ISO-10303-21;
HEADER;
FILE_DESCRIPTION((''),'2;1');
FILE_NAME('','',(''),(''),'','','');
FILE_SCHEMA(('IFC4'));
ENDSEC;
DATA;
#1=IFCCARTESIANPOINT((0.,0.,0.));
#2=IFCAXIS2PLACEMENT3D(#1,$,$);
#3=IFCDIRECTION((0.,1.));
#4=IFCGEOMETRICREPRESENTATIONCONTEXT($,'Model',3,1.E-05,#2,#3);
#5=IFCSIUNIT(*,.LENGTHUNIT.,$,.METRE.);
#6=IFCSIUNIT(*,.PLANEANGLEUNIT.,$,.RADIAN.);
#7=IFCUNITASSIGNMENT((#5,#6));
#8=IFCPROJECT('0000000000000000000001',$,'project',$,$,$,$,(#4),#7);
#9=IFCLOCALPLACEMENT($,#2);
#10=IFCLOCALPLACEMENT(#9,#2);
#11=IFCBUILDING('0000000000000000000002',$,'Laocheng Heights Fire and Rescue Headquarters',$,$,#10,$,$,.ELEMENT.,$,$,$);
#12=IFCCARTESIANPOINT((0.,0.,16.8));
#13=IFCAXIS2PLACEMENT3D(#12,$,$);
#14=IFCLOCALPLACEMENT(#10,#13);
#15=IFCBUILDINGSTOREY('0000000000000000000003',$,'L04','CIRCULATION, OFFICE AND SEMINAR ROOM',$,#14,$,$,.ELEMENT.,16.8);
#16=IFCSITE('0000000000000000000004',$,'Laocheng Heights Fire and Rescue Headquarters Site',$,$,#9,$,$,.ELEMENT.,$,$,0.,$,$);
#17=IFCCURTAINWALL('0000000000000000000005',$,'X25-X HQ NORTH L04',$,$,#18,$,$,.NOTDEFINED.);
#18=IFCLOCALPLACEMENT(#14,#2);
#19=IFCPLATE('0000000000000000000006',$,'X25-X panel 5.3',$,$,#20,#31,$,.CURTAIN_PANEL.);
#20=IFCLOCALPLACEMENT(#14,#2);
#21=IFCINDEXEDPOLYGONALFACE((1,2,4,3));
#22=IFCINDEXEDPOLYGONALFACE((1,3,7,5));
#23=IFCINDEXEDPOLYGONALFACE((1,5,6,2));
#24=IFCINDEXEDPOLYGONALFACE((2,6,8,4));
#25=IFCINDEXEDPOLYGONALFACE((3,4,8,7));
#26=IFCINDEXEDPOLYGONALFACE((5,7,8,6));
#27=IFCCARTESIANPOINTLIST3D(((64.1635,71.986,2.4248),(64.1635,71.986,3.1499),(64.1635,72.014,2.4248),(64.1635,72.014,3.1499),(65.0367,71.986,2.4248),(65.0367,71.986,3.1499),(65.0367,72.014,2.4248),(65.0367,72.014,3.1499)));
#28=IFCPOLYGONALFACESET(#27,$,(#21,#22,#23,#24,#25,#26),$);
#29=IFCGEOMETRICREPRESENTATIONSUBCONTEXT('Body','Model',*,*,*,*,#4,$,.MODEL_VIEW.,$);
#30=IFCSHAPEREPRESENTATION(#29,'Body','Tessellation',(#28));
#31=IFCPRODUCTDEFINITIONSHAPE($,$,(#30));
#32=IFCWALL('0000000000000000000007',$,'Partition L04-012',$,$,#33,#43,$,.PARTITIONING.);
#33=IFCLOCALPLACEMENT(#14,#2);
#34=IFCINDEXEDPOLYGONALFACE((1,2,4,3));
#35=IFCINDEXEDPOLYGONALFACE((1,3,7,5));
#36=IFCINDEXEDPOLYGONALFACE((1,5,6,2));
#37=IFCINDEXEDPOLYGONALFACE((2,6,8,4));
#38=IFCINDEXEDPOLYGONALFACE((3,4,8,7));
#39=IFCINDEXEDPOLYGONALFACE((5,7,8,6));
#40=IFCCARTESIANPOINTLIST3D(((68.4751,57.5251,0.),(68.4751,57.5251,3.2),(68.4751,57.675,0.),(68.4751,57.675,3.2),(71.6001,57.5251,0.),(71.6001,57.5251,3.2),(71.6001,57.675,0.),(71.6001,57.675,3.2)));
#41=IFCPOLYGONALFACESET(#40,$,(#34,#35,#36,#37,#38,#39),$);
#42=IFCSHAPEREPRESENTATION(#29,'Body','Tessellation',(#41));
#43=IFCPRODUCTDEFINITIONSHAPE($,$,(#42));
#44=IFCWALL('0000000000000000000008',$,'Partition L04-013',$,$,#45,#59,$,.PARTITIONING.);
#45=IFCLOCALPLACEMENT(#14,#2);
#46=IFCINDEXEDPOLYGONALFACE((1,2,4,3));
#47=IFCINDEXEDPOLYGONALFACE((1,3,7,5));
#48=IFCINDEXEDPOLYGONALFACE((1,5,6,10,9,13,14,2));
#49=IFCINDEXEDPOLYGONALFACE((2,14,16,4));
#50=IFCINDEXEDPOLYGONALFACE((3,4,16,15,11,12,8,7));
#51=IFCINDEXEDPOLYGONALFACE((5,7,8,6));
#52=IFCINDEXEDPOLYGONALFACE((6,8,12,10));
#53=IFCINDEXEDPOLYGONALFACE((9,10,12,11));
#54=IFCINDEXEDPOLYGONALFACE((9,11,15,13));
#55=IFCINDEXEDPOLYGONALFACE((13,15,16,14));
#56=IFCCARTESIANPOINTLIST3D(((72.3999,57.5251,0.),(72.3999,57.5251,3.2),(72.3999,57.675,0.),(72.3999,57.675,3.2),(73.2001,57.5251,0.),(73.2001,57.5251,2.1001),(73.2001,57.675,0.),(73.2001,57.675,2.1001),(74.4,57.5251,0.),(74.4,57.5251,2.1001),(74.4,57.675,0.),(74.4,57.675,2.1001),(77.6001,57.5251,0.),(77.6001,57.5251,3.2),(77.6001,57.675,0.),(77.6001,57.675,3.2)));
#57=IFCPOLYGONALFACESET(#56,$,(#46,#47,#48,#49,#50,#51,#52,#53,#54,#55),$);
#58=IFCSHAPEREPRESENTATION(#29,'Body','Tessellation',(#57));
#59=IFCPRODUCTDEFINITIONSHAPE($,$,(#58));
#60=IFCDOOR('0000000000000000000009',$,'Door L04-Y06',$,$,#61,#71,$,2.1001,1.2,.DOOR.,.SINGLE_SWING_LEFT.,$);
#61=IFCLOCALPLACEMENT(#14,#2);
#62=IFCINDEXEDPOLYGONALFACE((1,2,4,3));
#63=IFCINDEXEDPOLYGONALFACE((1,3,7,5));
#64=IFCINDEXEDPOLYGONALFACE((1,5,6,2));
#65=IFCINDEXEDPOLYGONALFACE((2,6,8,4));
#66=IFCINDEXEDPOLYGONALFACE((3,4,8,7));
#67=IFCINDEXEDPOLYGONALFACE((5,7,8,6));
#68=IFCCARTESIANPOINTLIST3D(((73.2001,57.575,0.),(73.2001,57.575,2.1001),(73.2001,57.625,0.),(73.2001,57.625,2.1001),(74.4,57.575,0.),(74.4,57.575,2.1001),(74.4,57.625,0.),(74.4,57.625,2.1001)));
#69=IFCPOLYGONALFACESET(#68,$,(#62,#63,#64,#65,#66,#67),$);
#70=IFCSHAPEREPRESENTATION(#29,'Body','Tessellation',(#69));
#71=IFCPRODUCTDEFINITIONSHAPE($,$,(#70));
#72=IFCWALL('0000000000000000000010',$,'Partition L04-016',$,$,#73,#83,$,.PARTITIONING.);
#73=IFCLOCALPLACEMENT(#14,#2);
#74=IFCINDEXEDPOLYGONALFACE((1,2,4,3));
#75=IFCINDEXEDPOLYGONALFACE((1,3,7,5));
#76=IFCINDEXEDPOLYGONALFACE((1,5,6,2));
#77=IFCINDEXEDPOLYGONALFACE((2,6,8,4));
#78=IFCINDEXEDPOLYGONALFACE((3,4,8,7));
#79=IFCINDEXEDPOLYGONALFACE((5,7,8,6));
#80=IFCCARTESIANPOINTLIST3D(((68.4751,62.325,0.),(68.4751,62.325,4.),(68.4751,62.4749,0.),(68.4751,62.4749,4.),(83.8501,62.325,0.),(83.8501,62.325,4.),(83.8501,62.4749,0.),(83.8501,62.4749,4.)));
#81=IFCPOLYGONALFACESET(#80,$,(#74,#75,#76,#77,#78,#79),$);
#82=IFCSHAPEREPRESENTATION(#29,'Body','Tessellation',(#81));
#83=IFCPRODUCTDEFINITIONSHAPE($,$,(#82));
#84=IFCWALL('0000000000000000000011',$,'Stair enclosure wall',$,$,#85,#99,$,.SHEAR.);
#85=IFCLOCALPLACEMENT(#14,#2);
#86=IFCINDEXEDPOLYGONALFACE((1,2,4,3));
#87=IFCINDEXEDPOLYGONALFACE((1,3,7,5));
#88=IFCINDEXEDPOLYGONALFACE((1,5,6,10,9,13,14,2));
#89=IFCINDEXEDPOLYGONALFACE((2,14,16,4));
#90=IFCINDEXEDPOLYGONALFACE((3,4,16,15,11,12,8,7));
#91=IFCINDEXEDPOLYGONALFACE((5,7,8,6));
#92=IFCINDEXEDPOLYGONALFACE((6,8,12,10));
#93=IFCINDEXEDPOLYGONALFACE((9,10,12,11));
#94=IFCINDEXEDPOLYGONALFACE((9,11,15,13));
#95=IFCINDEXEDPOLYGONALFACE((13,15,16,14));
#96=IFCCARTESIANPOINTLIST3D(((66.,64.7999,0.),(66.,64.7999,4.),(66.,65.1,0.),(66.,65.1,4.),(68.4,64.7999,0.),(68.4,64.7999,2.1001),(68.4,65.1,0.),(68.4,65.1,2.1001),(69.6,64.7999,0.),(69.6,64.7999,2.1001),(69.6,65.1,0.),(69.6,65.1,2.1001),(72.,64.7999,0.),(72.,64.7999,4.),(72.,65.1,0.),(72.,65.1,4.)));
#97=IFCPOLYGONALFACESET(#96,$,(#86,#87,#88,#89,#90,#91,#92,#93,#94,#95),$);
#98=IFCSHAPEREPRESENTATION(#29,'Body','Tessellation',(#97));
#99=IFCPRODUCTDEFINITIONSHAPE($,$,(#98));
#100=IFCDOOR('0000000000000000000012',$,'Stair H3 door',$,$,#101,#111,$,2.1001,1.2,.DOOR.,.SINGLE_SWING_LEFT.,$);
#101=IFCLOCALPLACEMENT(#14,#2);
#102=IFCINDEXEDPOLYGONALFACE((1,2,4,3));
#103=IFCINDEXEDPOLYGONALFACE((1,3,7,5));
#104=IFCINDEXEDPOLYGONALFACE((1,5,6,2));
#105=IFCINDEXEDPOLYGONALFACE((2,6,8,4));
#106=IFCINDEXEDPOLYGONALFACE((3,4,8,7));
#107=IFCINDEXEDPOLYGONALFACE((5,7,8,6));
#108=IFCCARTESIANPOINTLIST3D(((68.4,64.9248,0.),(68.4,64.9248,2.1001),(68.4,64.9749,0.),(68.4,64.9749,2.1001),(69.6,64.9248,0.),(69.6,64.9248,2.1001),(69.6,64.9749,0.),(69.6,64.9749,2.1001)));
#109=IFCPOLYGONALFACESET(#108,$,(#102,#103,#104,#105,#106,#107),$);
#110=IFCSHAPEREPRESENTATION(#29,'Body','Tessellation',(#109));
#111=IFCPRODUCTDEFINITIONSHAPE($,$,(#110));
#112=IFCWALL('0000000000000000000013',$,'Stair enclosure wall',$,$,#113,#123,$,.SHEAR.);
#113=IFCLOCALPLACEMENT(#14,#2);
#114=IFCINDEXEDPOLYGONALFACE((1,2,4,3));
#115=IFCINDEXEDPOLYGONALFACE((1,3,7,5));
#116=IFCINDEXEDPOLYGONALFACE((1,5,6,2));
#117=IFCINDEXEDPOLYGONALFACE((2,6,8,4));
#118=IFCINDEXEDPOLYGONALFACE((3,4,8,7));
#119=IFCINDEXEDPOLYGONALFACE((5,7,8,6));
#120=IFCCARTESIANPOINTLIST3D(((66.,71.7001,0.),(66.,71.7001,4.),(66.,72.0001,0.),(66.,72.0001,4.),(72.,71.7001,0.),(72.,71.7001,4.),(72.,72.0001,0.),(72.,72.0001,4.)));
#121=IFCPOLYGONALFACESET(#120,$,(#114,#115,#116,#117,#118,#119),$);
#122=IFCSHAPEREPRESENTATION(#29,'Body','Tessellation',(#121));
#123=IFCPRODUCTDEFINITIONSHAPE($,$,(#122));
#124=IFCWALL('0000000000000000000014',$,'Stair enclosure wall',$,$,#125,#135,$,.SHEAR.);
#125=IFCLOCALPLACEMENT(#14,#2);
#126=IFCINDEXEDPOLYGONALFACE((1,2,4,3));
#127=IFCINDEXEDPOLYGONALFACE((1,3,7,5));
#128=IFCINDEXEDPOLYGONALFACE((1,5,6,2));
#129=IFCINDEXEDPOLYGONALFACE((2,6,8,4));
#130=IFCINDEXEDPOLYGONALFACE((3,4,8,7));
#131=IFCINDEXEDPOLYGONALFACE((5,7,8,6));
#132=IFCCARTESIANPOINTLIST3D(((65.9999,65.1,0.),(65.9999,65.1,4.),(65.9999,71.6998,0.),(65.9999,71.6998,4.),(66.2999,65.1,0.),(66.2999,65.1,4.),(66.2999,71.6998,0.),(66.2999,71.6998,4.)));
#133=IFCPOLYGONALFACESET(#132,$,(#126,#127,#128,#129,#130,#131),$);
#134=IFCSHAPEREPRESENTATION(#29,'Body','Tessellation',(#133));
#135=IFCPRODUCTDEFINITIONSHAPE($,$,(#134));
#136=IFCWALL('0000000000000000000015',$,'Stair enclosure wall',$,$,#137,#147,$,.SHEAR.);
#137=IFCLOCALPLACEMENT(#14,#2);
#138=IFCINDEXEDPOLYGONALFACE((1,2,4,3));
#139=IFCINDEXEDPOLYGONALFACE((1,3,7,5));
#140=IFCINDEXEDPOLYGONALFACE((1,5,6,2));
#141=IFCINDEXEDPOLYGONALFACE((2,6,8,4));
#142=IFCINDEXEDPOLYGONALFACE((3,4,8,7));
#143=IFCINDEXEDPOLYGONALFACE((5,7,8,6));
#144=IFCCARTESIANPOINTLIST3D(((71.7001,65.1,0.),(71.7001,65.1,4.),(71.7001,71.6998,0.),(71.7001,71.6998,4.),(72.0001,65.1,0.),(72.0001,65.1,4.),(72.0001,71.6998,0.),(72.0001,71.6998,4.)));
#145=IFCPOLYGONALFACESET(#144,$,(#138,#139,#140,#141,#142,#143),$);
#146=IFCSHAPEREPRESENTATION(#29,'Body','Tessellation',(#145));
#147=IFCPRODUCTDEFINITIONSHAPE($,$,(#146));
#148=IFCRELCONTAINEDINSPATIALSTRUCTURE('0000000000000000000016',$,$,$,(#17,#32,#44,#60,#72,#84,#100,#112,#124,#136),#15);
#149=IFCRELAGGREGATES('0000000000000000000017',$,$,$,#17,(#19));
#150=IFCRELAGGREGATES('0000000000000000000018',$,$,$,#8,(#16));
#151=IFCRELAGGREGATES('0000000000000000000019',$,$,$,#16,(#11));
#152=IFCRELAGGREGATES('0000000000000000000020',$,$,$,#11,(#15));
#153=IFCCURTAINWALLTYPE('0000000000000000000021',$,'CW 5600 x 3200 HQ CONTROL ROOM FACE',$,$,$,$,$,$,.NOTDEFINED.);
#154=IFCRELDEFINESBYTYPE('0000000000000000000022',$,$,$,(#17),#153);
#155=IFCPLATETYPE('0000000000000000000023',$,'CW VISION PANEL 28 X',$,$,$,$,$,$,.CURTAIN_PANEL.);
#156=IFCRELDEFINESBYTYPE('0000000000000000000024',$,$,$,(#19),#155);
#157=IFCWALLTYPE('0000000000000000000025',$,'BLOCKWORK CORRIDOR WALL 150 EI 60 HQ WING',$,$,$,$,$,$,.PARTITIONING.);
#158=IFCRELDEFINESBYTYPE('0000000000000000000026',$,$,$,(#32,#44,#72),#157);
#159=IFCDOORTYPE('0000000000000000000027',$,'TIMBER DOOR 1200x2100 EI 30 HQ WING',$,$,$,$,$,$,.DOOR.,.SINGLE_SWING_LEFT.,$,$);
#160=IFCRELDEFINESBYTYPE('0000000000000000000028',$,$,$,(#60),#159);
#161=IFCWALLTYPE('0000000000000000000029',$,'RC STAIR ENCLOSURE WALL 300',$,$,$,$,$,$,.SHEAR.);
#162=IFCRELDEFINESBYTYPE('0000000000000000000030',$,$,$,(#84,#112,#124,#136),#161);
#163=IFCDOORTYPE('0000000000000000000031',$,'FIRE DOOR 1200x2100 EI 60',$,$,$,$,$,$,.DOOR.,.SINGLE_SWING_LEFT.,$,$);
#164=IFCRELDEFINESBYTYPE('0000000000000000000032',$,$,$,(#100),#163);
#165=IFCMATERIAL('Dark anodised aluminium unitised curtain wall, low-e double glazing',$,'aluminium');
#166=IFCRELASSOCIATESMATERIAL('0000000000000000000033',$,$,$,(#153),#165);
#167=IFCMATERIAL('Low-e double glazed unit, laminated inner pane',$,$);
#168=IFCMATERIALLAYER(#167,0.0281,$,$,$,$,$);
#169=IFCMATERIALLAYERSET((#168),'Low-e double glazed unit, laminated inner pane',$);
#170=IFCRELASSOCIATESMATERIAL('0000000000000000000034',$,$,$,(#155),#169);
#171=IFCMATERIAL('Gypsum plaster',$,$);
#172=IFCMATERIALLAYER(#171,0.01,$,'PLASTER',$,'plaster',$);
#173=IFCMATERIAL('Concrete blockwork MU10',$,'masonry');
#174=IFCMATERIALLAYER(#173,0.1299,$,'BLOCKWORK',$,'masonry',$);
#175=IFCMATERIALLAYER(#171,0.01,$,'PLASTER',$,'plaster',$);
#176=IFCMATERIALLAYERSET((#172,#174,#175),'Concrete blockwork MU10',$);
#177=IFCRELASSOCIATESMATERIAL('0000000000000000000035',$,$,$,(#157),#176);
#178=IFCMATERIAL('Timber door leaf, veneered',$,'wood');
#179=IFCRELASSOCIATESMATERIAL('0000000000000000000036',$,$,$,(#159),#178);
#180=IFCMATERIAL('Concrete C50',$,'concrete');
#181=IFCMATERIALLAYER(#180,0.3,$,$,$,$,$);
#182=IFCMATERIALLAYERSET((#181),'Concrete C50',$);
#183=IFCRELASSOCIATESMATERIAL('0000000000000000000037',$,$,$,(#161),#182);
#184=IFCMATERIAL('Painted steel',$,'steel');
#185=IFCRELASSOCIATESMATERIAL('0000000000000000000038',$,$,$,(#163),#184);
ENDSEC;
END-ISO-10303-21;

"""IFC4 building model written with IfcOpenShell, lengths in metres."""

from ifc_helpers import new_model, si_unit, direction, frame, frame_2d, origin, origin_2d, place, context, subcontext, project, spatial, rectangle, extrude, material, layer, layer_set, type_object, element, fill, aggregate, save


model = new_model("IFC4")

# Units and contexts
model_context = context("Model", 3, precision=1e-05, world=origin(), true_north=direction((0.0, 1.0)))
body_context = subcontext(model_context, "Body", "Model", "MODEL_VIEW")
ifc_project = project(units=[si_unit("LENGTHUNIT", "METRE"), si_unit("PLANEANGLEUNIT", "RADIAN")], contexts=[model_context])

# Site, building, storey
site_placement = place(None, origin())
site = spatial("IfcSite", under=ifc_project, at=site_placement, Name="Laocheng Heights Fire and Rescue Headquarters Site", CompositionType="ELEMENT", RefElevation=0.0)
building_placement = place(site_placement, origin())
building = spatial("IfcBuilding", under=site, at=building_placement, Name="Laocheng Heights Fire and Rescue Headquarters", CompositionType="ELEMENT")
storey_placement = place(building_placement, frame((0.0, 0.0, 16.8)))
storey = spatial("IfcBuildingStorey", under=building, at=storey_placement, Name="L04", Description="CIRCULATION, OFFICE AND SEMINAR ROOM", CompositionType="ELEMENT", Elevation=16.8)

# Curtain wall
ifc_material_1 = material(Name="Dark anodised aluminium unitised curtain wall, low-e double glazing", Category="aluminium")
curtain_wall_type = type_object("IfcCurtainWallType", Name="CW 5600 x 3200 HQ CONTROL ROOM FACE", PredefinedType="NOTDEFINED", material=ifc_material_1)
curtain_wall_placement = place(storey_placement, origin())
curtain_wall = element("IfcCurtainWall", 1, at=curtain_wall_placement, inside=storey, type_object=curtain_wall_type, Name="X25-X HQ NORTH L04", PredefinedType="NOTDEFINED")

# Plate
ifc_material_2 = material(Name="Low-e double glazed unit, laminated inner pane")
ifc_layer_1 = layer(ifc_material_2, 0.0281)
ifc_layer_set_1 = layer_set([ifc_layer_1], Name="Low-e double glazed unit, laminated inner pane")
plate_type_1 = type_object("IfcPlateType", Name="CW VISION PANEL 28 X", PredefinedType="CURTAIN_PANEL", material=ifc_layer_set_1)
plate_1_placement = place(storey_placement, frame((64.6001, 72.0, 2.4248), z_axis=(0.0, 0.0, 1.0), x_axis=(1.0, 0.0, 0.0)))
plate_1 = element("IfcPlate", 2, at=plate_1_placement, type_object=plate_type_1, Name="X25-X panel 5.3", PredefinedType="CURTAIN_PANEL", context=body_context, shape_type="SweptSolid", body=[
    extrude(rectangle(XDim=0.8733, YDim=0.0281, at=origin_2d()), origin(), (0.0, 0.0, 1.0), 0.7251),
])
aggregate(curtain_wall, [plate_1])

# Wall
ifc_material_3 = material(Name="Gypsum plaster")
ifc_layer_2 = layer(ifc_material_3, 0.01, Name="PLASTER", Category="plaster")
ifc_material_4 = material(Name="Concrete blockwork MU10", Category="masonry")
ifc_layer_3 = layer(ifc_material_4, 0.1299, Name="BLOCKWORK", Category="masonry")
ifc_layer_4 = layer(ifc_material_3, 0.01, Name="PLASTER", Category="plaster")
ifc_layer_set_2 = layer_set([ifc_layer_2, ifc_layer_3, ifc_layer_4], Name="Concrete blockwork MU10")
wall_type_1 = type_object("IfcWallType", Name="BLOCKWORK CORRIDOR WALL 150 EI 60 HQ WING", PredefinedType="PARTITIONING", material=ifc_layer_set_2)
wall_1_placement = place(storey_placement, frame((68.4751, 57.6001, 0.0), z_axis=(0.0, 0.0, 1.0), x_axis=(1.0, 0.0, 0.0)))
element("IfcWall", 3, at=wall_1_placement, inside=storey, type_object=wall_type_1, Name="Partition L04-012", PredefinedType="PARTITIONING", context=body_context, shape_type="SweptSolid", body=[
    extrude(rectangle(XDim=3.125, YDim=0.1499, at=frame_2d((1.5625, 0.0))), origin(), (0.0, 0.0, 1.0), 3.2),
])

# Wall, opening, door
wall_2_placement = place(storey_placement, frame((72.3999, 57.6001, 0.0), z_axis=(0.0, 0.0, 1.0), x_axis=(1.0, 0.0, 0.0)))
wall_2 = element("IfcWall", 4, at=wall_2_placement, inside=storey, type_object=wall_type_1, Name="Partition L04-013", PredefinedType="PARTITIONING", context=body_context, shape_type="SweptSolid", body=[
    extrude(rectangle(XDim=5.2002, YDim=0.1499, at=frame_2d((2.6001, 0.0))), origin(), (0.0, 0.0, 1.0), 3.2),
])
opening_1_placement = place(wall_2_placement, frame((0.8, 0.0, 0.0)))
opening_1 = element("IfcOpeningElement", 5, at=opening_1_placement, cuts=wall_2, PredefinedType="OPENING", context=body_context, shape_type="SweptSolid", body=[
    extrude(rectangle(XDim=1.2, YDim=2.1001, at=frame_2d((0.6001, 1.05))), frame((0.0, 0.085, 0.0), z_axis=(0.0, -1.0, 0.0), x_axis=(1.0, 0.0, 0.0)), (0.0, 0.0, 1.0), 0.1699),
])
ifc_material_5 = material(Name="Timber door leaf, veneered", Category="wood")
door_type_1 = type_object("IfcDoorType", Name="TIMBER DOOR 1200x2100 EI 30 HQ WING", OperationType="SINGLE_SWING_LEFT", PredefinedType="DOOR", material=ifc_material_5)
door_1_placement = place(opening_1_placement, origin())
door_1 = element("IfcDoor", 6, at=door_1_placement, inside=storey, type_object=door_type_1, Name="Door L04-Y06", OperationType="SINGLE_SWING_LEFT", OverallHeight=2.1001, OverallWidth=1.2, PredefinedType="DOOR", context=body_context, shape_type="SweptSolid", body=[
    extrude(rectangle(XDim=1.2, YDim=2.1001, at=frame_2d((0.6001, 1.05))), frame((0.0, 0.0249, 0.0), z_axis=(0.0, -1.0, 0.0), x_axis=(1.0, 0.0, 0.0)), (0.0, 0.0, 1.0), 0.05),
])
fill(opening_1, door_1)

# Wall
wall_3_placement = place(storey_placement, frame((68.4751, 62.3999, 0.0), z_axis=(0.0, 0.0, 1.0), x_axis=(1.0, 0.0, 0.0)))
element("IfcWall", 7, at=wall_3_placement, inside=storey, type_object=wall_type_1, Name="Partition L04-016", PredefinedType="PARTITIONING", context=body_context, shape_type="SweptSolid", body=[
    extrude(rectangle(XDim=15.375, YDim=0.1499, at=frame_2d((7.6875, 0.0))), origin(), (0.0, 0.0, 1.0), 4.0),
])

# Wall, opening, door
ifc_material_6 = material(Name="Concrete C50", Category="concrete")
ifc_layer_5 = layer(ifc_material_6, 0.3)
ifc_layer_set_3 = layer_set([ifc_layer_5], Name="Concrete C50")
wall_type_2 = type_object("IfcWallType", Name="RC STAIR ENCLOSURE WALL 300", PredefinedType="SHEAR", material=ifc_layer_set_3)
wall_4_placement = place(storey_placement, frame((66.0, 64.95, 0.0), z_axis=(0.0, 0.0, 1.0), x_axis=(1.0, 0.0, 0.0)))
wall_4 = element("IfcWall", 8, at=wall_4_placement, inside=storey, type_object=wall_type_2, Name="Stair enclosure wall", PredefinedType="SHEAR", context=body_context, shape_type="SweptSolid", body=[
    extrude(rectangle(XDim=6.0, YDim=0.3, at=frame_2d((3.0, 0.0))), origin(), (0.0, 0.0, 1.0), 4.0),
])
opening_2_placement = place(wall_4_placement, frame((2.3999, 0.0, 0.0)))
opening_2 = element("IfcOpeningElement", 9, at=opening_2_placement, cuts=wall_4, PredefinedType="OPENING", context=body_context, shape_type="SweptSolid", body=[
    extrude(rectangle(XDim=1.2, YDim=2.1001, at=frame_2d((0.6001, 1.05))), frame((0.0, 0.1599, 0.0), z_axis=(0.0, -1.0, 0.0), x_axis=(1.0, 0.0, 0.0)), (0.0, 0.0, 1.0), 0.3201),
])
ifc_material_7 = material(Name="Painted steel", Category="steel")
door_type_2 = type_object("IfcDoorType", Name="FIRE DOOR 1200x2100 EI 60", OperationType="SINGLE_SWING_LEFT", PredefinedType="DOOR", material=ifc_material_7)
door_2_placement = place(opening_2_placement, origin())
door_2 = element("IfcDoor", 10, at=door_2_placement, inside=storey, type_object=door_type_2, Name="Stair H3 door", OperationType="SINGLE_SWING_LEFT", OverallHeight=2.1001, OverallWidth=1.2, PredefinedType="DOOR", context=body_context, shape_type="SweptSolid", body=[
    extrude(rectangle(XDim=1.2, YDim=2.1001, at=frame_2d((0.6001, 1.05))), frame((0.0, 0.0249, 0.0), z_axis=(0.0, -1.0, 0.0), x_axis=(1.0, 0.0, 0.0)), (0.0, 0.0, 1.0), 0.05),
])
fill(opening_2, door_2)

# Walls
wall_5_placement = place(storey_placement, frame((66.0, 71.8501, 0.0), z_axis=(0.0, 0.0, 1.0), x_axis=(1.0, 0.0, 0.0)))
element("IfcWall", 11, at=wall_5_placement, inside=storey, type_object=wall_type_2, Name="Stair enclosure wall", PredefinedType="SHEAR", context=body_context, shape_type="SweptSolid", body=[
    extrude(rectangle(XDim=6.0, YDim=0.3, at=frame_2d((3.0, 0.0))), origin(), (0.0, 0.0, 1.0), 4.0),
])
for number, where, z_axis, x_axis, name in (
    (12, (66.1499, 65.1001, 0.0), (0.0, 0.0, 1.0), (0.0, 1.0, 0.0), "Stair enclosure wall"),
    (13, (71.8501, 65.1001, 0.0), (0.0, 0.0, 1.0), (0.0, 1.0, 0.0), "Stair enclosure wall"),
):
    element("IfcWall", number, at=place(storey_placement, frame(where, z_axis=z_axis, x_axis=x_axis)), inside=storey, type_object=wall_type_2, Name=name, PredefinedType="SHEAR", context=body_context, shape_type="SweptSolid", body=[
        extrude(rectangle(XDim=6.5999, YDim=0.3, at=frame_2d((3.2998, 0.0))), origin(), (0.0, 0.0, 1.0), 4.0),
    ])

save(model, "model.ifc")
